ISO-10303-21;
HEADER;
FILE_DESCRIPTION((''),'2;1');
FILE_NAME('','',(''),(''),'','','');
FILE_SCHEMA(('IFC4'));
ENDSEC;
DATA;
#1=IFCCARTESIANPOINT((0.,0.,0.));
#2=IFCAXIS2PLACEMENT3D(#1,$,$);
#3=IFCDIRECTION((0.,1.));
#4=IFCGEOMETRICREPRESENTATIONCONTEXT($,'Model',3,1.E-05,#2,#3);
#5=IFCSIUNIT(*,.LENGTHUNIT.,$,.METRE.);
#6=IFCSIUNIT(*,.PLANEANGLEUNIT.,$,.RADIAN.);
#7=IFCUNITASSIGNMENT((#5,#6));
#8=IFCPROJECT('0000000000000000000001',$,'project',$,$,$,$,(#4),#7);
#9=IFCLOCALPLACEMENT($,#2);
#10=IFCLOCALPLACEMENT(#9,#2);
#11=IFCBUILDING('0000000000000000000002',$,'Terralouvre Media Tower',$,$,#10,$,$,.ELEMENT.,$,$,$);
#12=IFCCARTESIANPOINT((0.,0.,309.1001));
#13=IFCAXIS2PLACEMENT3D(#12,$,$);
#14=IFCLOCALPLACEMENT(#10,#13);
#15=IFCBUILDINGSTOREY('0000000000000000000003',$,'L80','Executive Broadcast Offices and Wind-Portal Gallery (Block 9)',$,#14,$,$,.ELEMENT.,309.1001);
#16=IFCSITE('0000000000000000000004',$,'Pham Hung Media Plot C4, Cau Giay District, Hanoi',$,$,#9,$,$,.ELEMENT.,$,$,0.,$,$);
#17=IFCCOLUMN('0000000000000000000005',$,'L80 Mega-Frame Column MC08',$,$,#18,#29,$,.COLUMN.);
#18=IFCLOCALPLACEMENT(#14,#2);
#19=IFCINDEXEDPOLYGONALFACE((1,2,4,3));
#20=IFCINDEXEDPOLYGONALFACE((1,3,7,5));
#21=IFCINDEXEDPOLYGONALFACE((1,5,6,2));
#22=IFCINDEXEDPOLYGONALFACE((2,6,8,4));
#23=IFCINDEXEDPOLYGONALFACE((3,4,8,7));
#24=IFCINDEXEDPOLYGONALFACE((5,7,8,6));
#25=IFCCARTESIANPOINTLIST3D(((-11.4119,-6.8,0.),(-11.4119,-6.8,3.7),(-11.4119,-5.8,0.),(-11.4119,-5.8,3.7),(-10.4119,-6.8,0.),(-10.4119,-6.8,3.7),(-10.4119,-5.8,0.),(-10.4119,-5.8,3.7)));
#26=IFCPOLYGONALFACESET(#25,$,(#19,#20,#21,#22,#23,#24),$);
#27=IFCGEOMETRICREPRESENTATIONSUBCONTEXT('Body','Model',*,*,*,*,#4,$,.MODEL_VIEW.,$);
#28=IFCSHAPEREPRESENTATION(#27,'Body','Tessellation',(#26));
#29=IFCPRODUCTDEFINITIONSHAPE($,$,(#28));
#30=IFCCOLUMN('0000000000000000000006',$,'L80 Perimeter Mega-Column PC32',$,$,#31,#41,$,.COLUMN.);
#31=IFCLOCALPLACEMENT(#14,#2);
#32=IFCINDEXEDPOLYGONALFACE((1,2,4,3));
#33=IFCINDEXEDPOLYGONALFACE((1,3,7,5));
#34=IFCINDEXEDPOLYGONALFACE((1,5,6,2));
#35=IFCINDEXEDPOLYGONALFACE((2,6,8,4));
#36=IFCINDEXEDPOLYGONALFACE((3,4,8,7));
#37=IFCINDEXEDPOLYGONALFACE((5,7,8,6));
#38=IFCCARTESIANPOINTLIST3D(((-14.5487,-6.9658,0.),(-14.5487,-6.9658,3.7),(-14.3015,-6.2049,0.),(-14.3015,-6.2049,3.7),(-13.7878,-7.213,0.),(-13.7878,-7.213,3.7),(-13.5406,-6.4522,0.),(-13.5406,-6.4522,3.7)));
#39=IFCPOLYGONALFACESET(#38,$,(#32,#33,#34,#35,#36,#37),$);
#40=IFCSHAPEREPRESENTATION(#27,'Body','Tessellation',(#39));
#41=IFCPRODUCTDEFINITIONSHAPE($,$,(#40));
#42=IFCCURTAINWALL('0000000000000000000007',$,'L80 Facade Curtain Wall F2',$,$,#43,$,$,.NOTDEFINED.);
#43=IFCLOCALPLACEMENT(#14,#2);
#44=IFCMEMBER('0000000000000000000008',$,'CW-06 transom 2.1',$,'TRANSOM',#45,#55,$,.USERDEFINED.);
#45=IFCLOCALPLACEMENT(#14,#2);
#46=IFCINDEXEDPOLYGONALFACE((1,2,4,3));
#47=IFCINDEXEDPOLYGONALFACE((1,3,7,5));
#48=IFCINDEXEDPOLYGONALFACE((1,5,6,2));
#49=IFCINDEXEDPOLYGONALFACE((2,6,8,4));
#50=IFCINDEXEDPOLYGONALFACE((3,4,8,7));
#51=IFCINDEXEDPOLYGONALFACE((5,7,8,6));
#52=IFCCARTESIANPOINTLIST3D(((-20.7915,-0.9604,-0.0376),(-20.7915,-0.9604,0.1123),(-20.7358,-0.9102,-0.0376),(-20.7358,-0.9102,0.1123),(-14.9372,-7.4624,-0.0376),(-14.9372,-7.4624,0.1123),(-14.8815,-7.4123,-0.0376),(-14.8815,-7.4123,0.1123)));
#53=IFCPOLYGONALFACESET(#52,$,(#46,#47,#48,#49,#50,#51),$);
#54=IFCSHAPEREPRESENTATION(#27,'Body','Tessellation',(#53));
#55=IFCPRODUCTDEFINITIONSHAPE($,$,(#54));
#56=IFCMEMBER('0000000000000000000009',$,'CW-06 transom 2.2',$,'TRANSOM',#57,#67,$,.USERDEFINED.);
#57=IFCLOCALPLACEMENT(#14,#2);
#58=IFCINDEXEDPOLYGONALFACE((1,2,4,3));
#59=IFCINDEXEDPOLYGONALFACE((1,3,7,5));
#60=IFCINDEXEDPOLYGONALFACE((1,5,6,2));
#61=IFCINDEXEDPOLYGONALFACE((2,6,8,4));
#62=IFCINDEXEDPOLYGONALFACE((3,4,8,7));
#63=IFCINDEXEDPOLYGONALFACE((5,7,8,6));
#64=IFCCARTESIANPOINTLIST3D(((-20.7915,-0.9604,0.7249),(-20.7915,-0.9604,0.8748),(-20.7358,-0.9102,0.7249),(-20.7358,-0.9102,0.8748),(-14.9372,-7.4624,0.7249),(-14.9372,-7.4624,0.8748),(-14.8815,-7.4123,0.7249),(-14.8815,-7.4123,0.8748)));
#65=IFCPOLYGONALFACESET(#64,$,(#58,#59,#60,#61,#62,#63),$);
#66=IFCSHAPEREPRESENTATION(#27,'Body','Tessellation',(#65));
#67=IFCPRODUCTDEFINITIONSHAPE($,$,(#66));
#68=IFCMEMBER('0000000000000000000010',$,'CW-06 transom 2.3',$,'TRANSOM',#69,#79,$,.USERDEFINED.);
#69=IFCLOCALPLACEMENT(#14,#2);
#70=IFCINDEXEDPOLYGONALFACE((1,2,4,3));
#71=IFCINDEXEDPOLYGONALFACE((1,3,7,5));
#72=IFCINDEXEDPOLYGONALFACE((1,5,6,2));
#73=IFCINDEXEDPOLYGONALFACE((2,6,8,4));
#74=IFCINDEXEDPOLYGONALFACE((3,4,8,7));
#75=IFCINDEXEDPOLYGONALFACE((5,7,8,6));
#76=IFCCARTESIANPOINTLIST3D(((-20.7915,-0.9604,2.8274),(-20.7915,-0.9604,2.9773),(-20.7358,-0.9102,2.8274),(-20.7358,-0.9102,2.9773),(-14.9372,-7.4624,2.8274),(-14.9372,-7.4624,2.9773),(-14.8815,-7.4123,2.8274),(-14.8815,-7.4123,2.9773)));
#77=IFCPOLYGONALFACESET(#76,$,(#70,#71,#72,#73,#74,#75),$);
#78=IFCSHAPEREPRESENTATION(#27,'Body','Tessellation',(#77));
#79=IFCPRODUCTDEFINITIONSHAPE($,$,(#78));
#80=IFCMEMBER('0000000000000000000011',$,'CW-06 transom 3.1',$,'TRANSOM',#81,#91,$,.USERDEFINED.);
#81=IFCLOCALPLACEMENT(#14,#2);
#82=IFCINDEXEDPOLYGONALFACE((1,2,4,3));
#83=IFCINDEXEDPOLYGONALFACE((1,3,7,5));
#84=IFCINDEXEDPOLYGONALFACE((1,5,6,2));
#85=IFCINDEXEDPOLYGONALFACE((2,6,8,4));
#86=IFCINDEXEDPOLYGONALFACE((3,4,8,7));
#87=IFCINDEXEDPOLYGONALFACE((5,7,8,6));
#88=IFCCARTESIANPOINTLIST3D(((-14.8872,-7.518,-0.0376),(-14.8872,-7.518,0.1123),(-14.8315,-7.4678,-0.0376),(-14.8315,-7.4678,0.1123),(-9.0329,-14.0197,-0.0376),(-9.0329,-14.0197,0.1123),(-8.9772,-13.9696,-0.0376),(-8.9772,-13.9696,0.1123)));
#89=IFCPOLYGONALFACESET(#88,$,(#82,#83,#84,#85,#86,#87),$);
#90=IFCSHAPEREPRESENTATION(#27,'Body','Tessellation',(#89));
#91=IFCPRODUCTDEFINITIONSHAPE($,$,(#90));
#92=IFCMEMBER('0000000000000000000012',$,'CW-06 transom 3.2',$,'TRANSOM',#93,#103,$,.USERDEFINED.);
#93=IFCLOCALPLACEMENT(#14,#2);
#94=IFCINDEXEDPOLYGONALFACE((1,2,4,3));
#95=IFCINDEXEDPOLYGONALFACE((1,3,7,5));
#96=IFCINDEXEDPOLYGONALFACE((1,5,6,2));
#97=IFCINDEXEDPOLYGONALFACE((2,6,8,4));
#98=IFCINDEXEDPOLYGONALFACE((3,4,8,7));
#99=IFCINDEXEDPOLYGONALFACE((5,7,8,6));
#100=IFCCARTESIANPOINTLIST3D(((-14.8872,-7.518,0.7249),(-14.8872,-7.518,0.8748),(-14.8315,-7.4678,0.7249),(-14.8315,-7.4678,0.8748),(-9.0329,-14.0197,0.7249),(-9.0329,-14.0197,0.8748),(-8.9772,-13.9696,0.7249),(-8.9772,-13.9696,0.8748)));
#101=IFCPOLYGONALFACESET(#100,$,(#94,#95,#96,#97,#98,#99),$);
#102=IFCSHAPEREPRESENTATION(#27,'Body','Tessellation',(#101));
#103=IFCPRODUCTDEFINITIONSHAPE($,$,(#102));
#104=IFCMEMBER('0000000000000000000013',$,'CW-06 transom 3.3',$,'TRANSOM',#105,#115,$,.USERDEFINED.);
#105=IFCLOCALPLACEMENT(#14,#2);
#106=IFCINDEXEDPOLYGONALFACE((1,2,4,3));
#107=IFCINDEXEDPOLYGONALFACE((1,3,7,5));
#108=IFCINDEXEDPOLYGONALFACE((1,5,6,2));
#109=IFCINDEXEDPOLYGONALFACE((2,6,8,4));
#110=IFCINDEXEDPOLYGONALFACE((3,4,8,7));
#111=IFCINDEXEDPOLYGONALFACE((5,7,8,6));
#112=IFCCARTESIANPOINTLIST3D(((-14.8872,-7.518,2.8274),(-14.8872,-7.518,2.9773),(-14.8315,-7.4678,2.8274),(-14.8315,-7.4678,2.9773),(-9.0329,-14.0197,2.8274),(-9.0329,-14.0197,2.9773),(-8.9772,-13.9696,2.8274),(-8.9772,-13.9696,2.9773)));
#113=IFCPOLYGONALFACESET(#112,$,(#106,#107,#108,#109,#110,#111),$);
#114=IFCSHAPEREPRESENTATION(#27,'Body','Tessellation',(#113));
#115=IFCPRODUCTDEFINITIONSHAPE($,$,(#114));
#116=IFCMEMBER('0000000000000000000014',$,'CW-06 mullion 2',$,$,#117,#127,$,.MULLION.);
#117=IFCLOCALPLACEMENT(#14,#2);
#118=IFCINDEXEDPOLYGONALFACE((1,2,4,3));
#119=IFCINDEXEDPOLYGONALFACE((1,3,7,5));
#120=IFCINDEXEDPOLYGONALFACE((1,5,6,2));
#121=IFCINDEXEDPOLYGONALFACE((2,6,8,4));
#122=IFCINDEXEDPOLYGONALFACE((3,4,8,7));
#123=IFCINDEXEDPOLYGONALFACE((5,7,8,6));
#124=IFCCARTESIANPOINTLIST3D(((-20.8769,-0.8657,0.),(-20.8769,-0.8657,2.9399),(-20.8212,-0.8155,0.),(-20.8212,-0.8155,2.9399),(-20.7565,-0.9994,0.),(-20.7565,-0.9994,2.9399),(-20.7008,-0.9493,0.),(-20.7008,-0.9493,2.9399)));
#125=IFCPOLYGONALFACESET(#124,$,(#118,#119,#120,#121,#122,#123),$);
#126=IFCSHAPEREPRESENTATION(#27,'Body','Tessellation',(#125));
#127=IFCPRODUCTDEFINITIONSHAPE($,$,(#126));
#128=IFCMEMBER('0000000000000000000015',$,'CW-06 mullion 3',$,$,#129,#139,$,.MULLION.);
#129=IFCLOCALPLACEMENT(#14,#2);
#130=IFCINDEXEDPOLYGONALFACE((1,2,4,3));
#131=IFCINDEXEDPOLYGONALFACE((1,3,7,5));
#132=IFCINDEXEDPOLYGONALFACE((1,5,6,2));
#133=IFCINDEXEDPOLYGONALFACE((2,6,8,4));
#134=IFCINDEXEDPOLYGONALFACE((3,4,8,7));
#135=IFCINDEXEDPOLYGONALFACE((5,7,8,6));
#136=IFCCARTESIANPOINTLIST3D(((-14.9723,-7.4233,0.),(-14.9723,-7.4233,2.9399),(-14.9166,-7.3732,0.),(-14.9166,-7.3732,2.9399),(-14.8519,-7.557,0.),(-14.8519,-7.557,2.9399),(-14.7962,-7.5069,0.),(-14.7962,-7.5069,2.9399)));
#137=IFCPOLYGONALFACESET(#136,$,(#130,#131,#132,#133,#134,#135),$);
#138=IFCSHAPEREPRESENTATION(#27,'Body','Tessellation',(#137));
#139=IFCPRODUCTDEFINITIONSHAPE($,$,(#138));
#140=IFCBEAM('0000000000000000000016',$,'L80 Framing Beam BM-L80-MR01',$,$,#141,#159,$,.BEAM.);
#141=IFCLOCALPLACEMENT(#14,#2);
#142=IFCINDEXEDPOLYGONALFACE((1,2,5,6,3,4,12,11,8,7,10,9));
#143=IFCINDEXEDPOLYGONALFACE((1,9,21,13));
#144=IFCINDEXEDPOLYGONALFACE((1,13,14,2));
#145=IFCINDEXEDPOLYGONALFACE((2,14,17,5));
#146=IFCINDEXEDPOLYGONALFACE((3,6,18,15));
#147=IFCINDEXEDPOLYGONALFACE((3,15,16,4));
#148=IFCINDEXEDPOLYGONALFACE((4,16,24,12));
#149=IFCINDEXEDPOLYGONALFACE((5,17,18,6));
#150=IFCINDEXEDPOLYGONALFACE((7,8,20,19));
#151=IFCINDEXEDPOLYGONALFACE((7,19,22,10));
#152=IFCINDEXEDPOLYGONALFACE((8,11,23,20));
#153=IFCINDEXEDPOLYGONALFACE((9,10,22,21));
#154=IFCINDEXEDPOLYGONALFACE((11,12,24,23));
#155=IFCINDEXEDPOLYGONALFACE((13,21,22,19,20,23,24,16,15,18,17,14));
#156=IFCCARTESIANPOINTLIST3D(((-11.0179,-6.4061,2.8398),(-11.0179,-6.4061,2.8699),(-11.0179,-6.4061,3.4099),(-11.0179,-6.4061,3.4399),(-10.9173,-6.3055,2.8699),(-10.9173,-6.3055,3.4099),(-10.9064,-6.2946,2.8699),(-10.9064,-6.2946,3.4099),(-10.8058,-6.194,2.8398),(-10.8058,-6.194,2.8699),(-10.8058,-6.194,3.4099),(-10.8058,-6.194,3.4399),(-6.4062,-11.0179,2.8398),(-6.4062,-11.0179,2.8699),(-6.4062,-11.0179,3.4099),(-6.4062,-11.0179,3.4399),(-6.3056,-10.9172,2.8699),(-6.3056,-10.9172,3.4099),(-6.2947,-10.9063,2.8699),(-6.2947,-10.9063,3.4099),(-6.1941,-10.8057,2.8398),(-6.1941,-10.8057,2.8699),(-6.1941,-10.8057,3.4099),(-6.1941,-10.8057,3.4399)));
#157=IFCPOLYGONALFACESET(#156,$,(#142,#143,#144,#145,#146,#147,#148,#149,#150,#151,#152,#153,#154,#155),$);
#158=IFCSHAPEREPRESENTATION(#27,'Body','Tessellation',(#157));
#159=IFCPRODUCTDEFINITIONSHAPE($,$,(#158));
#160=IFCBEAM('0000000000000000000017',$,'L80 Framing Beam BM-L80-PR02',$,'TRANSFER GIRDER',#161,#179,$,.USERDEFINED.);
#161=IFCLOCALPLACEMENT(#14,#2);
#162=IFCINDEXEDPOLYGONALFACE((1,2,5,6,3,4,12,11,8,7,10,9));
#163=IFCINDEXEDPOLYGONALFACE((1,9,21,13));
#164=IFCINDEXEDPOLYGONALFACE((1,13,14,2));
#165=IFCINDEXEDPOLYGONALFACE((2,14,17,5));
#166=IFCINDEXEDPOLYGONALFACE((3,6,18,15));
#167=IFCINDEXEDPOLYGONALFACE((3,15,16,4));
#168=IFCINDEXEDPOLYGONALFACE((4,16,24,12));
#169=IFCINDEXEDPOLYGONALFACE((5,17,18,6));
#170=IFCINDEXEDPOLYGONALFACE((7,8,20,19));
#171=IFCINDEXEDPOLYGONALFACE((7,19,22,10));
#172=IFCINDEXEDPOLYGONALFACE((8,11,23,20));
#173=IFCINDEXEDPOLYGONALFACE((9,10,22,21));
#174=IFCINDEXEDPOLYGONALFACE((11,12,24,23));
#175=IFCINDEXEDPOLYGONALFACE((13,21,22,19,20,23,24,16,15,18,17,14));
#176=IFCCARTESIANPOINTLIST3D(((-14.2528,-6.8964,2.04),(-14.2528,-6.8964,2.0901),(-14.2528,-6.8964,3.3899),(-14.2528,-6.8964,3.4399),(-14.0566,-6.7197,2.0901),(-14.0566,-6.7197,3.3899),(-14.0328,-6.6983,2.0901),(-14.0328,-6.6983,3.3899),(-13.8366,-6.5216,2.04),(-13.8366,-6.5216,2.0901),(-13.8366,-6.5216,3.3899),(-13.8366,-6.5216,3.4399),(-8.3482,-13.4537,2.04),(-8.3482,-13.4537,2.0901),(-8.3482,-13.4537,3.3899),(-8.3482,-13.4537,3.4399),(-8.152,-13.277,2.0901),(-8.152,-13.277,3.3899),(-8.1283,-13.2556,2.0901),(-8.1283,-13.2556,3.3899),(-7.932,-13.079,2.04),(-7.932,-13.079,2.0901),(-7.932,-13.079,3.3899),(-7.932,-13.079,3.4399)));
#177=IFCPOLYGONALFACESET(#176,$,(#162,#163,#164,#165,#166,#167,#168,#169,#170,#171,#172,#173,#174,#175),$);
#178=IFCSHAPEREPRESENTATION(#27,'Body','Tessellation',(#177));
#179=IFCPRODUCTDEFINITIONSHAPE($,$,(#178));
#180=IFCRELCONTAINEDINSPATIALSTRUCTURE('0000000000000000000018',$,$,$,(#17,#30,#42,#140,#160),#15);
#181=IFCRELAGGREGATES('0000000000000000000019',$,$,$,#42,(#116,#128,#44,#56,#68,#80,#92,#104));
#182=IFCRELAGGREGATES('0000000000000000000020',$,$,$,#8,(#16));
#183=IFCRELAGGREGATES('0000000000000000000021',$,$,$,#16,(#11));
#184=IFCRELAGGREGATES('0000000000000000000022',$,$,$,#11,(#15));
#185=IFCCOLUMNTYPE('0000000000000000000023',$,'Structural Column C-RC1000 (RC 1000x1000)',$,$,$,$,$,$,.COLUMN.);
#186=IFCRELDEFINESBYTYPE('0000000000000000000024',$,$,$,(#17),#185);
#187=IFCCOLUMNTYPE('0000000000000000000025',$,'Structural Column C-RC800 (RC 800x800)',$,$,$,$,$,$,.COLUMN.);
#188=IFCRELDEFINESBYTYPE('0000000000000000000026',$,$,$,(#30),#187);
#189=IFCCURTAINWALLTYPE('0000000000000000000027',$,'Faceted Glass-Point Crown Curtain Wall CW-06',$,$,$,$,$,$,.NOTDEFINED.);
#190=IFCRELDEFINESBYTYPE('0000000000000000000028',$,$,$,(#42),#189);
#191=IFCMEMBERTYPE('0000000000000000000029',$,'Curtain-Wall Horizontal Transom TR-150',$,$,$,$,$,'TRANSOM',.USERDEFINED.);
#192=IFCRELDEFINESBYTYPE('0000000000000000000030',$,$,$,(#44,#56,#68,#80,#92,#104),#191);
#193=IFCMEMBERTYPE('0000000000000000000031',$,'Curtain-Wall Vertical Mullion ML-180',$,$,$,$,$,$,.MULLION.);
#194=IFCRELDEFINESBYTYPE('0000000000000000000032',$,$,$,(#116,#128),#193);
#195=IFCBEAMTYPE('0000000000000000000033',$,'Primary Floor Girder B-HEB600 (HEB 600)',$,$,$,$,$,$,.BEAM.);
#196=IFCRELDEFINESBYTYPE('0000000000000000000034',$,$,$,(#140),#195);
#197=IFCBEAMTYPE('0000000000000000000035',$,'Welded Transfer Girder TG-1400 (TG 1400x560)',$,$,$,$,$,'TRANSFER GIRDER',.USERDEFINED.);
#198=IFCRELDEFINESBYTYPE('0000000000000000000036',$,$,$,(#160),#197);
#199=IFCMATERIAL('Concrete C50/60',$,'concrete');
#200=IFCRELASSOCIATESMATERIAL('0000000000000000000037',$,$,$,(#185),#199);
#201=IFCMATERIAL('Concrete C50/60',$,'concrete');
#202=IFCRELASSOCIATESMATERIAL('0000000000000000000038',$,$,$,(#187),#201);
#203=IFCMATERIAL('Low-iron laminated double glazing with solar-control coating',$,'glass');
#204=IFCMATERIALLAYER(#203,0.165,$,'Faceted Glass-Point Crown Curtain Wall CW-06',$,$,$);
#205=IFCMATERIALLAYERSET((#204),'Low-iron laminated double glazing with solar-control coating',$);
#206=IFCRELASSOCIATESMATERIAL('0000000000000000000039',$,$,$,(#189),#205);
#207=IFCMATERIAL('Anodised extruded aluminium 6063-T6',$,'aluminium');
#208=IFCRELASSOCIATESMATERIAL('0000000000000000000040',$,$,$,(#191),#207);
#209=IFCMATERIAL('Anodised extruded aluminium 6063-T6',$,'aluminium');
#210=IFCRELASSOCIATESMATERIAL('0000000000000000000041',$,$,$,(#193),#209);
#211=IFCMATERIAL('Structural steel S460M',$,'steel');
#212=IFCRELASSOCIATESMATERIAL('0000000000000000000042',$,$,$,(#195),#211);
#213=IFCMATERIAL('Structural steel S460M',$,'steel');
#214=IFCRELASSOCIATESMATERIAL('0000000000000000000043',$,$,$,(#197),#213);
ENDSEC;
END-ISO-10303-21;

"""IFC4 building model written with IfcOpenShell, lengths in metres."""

from ifc_helpers import new_model, si_unit, direction, frame, origin, origin_2d, place, context, subcontext, project, spatial, rectangle, i_section, extrude, material, layer, layer_set, material_profile, profile_set, type_object, element, aggregate, save


model = new_model("IFC4")

# Units and contexts
model_context = context("Model", 3, precision=1e-05, world=origin(), true_north=direction((0.0, 1.0)))
body_context = subcontext(model_context, "Body", "Model", "MODEL_VIEW")
ifc_project = project(units=[si_unit("LENGTHUNIT", "METRE"), si_unit("PLANEANGLEUNIT", "RADIAN")], contexts=[model_context])

# Site, building, storey
site_placement = place(None, origin())
site = spatial("IfcSite", under=ifc_project, at=site_placement, Name="Pham Hung Media Plot C4, Cau Giay District, Hanoi", CompositionType="ELEMENT", RefElevation=0.0)
building_placement = place(site_placement, origin())
building = spatial("IfcBuilding", under=site, at=building_placement, Name="Terralouvre Media Tower", CompositionType="ELEMENT")
storey_placement = place(building_placement, frame((0.0, 0.0, 309.1001)))
storey = spatial("IfcBuildingStorey", under=building, at=storey_placement, Name="L80", Description="Executive Broadcast Offices and Wind-Portal Gallery (Block 9)", CompositionType="ELEMENT", Elevation=309.1001)

# Columns
ifc_material_1 = material(Name="Concrete C50/60", Category="concrete")
ifc_material_profile_1 = material_profile(ifc_material_1, rectangle(XDim=1.0, YDim=1.0, at=origin_2d()), Name="RC 1000x1000")
ifc_profile_set_1 = profile_set([ifc_material_profile_1], Name="Concrete C50/60")
column_type_1 = type_object("IfcColumnType", Name="Structural Column C-RC1000 (RC 1000x1000)", PredefinedType="COLUMN", material=ifc_profile_set_1)
column_1_placement = place(storey_placement, frame((-10.9119, -6.3, 0.0), z_axis=(0.0, 0.0, 1.0), x_axis=(1.0, 0.0, 0.0)))
element("IfcColumn", 1, at=column_1_placement, inside=storey, type_object=column_type_1, Name="L80 Mega-Frame Column MC08", PredefinedType="COLUMN", context=body_context, shape_type="SweptSolid", body=[
    extrude(rectangle(XDim=1.0, YDim=1.0, at=origin_2d()), origin(), (0.0, 0.0, 1.0), 3.7),
])
ifc_material_2 = material(Name="Concrete C50/60", Category="concrete")
ifc_material_profile_2 = material_profile(ifc_material_2, rectangle(XDim=0.8, YDim=0.8, at=origin_2d()), Name="RC 800x800")
ifc_profile_set_2 = profile_set([ifc_material_profile_2], Name="Concrete C50/60")
column_type_2 = type_object("IfcColumnType", Name="Structural Column C-RC800 (RC 800x800)", PredefinedType="COLUMN", material=ifc_profile_set_2)
column_2_placement = place(storey_placement, frame((-14.0447, -6.709, 0.0), z_axis=(0.0, 0.0, 1.0), x_axis=(0.309017, 0.951057, 0.0)))
element("IfcColumn", 2, at=column_2_placement, inside=storey, type_object=column_type_2, Name="L80 Perimeter Mega-Column PC32", PredefinedType="COLUMN", context=body_context, shape_type="SweptSolid", body=[
    extrude(rectangle(XDim=0.8, YDim=0.8, at=origin_2d()), origin(), (0.0, 0.0, 1.0), 3.7),
])

# Curtain wall, members
ifc_material_3 = material(Name="Low-iron laminated double glazing with solar-control coating", Category="glass")
ifc_layer_1 = layer(ifc_material_3, 0.165, Name="Faceted Glass-Point Crown Curtain Wall CW-06")
ifc_layer_set_1 = layer_set([ifc_layer_1], Name="Low-iron laminated double glazing with solar-control coating")
curtain_wall_type = type_object("IfcCurtainWallType", Name="Faceted Glass-Point Crown Curtain Wall CW-06", PredefinedType="NOTDEFINED", material=ifc_layer_set_1)
curtain_wall_placement = place(storey_placement, origin())
curtain_wall = element("IfcCurtainWall", 3, at=curtain_wall_placement, inside=storey, type_object=curtain_wall_type, Name="L80 Facade Curtain Wall F2", PredefinedType="NOTDEFINED")
ifc_material_4 = material(Name="Anodised extruded aluminium 6063-T6", Category="aluminium")
ifc_material_profile_3 = material_profile(ifc_material_4, rectangle(XDim=0.075, YDim=0.1499, at=origin_2d()), Name="ALU 75x150")
ifc_profile_set_3 = profile_set([ifc_material_profile_3], Name="Anodised extruded aluminium 6063-T6")
member_type_1 = type_object("IfcMemberType", Name="Curtain-Wall Horizontal Transom TR-150", ElementType="TRANSOM", PredefinedType="USERDEFINED", material=ifc_profile_set_3)
member_1_placement = place(storey_placement, frame((-20.7637, -0.9353, 0.0374), z_axis=(0.669122, -0.743153, 0.0), x_axis=(0.743153, 0.669122, 0.0)))
member_1 = element("IfcMember", 4, at=member_1_placement, type_object=member_type_1, Name="CW-06 transom 2.1", ObjectType="TRANSOM", PredefinedType="USERDEFINED", context=body_context, shape_type="SweptSolid", body=[
    extrude(rectangle(XDim=0.075, YDim=0.1499, at=origin_2d()), origin(), (0.0, 0.0, 1.0), 8.7493),
])
member_2_placement = place(storey_placement, frame((-20.7637, -0.9353, 0.7998), z_axis=(0.669122, -0.743153, 0.0), x_axis=(0.743153, 0.669122, 0.0)))
member_2 = element("IfcMember", 5, at=member_2_placement, type_object=member_type_1, Name="CW-06 transom 2.2", ObjectType="TRANSOM", PredefinedType="USERDEFINED", context=body_context, shape_type="SweptSolid", body=[
    extrude(rectangle(XDim=0.075, YDim=0.1499, at=origin_2d()), origin(), (0.0, 0.0, 1.0), 8.7493),
])
member_3_placement = place(storey_placement, frame((-20.7637, -0.9353, 2.9023), z_axis=(0.669122, -0.743153, 0.0), x_axis=(0.743153, 0.669122, 0.0)))
member_3 = element("IfcMember", 6, at=member_3_placement, type_object=member_type_1, Name="CW-06 transom 2.3", ObjectType="TRANSOM", PredefinedType="USERDEFINED", context=body_context, shape_type="SweptSolid", body=[
    extrude(rectangle(XDim=0.075, YDim=0.1499, at=origin_2d()), origin(), (0.0, 0.0, 1.0), 8.7493),
])
member_4_placement = place(storey_placement, frame((-14.8594, -7.4929, 0.0374), z_axis=(0.669136, -0.74314, 0.0), x_axis=(0.74314, 0.669136, 0.0)))
member_4 = element("IfcMember", 7, at=member_4_placement, type_object=member_type_1, Name="CW-06 transom 3.1", ObjectType="TRANSOM", PredefinedType="USERDEFINED", context=body_context, shape_type="SweptSolid", body=[
    extrude(rectangle(XDim=0.075, YDim=0.1499, at=origin_2d()), origin(), (0.0, 0.0, 1.0), 8.749),
])
member_5_placement = place(storey_placement, frame((-14.8594, -7.4929, 0.7998), z_axis=(0.669136, -0.74314, 0.0), x_axis=(0.74314, 0.669136, 0.0)))
member_5 = element("IfcMember", 8, at=member_5_placement, type_object=member_type_1, Name="CW-06 transom 3.2", ObjectType="TRANSOM", PredefinedType="USERDEFINED", context=body_context, shape_type="SweptSolid", body=[
    extrude(rectangle(XDim=0.075, YDim=0.1499, at=origin_2d()), origin(), (0.0, 0.0, 1.0), 8.749),
])
member_6_placement = place(storey_placement, frame((-14.8594, -7.4929, 2.9023), z_axis=(0.669136, -0.74314, 0.0), x_axis=(0.74314, 0.669136, 0.0)))
member_6 = element("IfcMember", 9, at=member_6_placement, type_object=member_type_1, Name="CW-06 transom 3.3", ObjectType="TRANSOM", PredefinedType="USERDEFINED", context=body_context, shape_type="SweptSolid", body=[
    extrude(rectangle(XDim=0.075, YDim=0.1499, at=origin_2d()), origin(), (0.0, 0.0, 1.0), 8.749),
])
ifc_material_5 = material(Name="Anodised extruded aluminium 6063-T6", Category="aluminium")
ifc_material_profile_4 = material_profile(ifc_material_5, rectangle(XDim=0.075, YDim=0.1799, at=origin_2d()), Name="ALU 75x180")
ifc_profile_set_4 = profile_set([ifc_material_profile_4], Name="Anodised extruded aluminium 6063-T6")
member_type_2 = type_object("IfcMemberType", Name="Curtain-Wall Vertical Mullion ML-180", PredefinedType="MULLION", material=ifc_profile_set_4)
member_7_placement = place(storey_placement, frame((-20.7888, -0.9075, 0.0), z_axis=(0.0, 0.0, 1.0), x_axis=(0.743145, 0.669131, 0.0)))
member_7 = element("IfcMember", 10, at=member_7_placement, type_object=member_type_2, Name="CW-06 mullion 2", PredefinedType="MULLION", context=body_context, shape_type="SweptSolid", body=[
    extrude(rectangle(XDim=0.075, YDim=0.1799, at=origin_2d()), origin(), (0.0, 0.0, 1.0), 2.9399),
])
member_8_placement = place(storey_placement, frame((-14.8843, -7.4651, 0.0), z_axis=(0.0, 0.0, 1.0), x_axis=(0.743145, 0.669131, 0.0)))
member_8 = element("IfcMember", 11, at=member_8_placement, type_object=member_type_2, Name="CW-06 mullion 3", PredefinedType="MULLION", context=body_context, shape_type="SweptSolid", body=[
    extrude(rectangle(XDim=0.075, YDim=0.1799, at=origin_2d()), origin(), (0.0, 0.0, 1.0), 2.9399),
])

# Beams
ifc_material_6 = material(Name="Structural steel S460M", Category="steel")
ifc_material_profile_5 = material_profile(ifc_material_6, i_section(OverallWidth=0.3, OverallDepth=0.6001, WebThickness=0.0154, FlangeThickness=0.03, at=origin_2d()), Name="HEB 600")
ifc_profile_set_5 = profile_set([ifc_material_profile_5], Name="Structural steel S460M")
beam_type_1 = type_object("IfcBeamType", Name="Primary Floor Girder B-HEB600 (HEB 600)", PredefinedType="BEAM", material=ifc_profile_set_5)
beam_1_placement = place(storey_placement, frame((-10.9119, -6.3, 3.1399), z_axis=(0.707107, -0.707107, 0.0), x_axis=(0.707107, 0.707107, 0.0)))
element("IfcBeam", 12, at=beam_1_placement, inside=storey, type_object=beam_type_1, Name="L80 Framing Beam BM-L80-MR01", PredefinedType="BEAM", context=body_context, shape_type="SweptSolid", body=[
    extrude(i_section(OverallWidth=0.3, OverallDepth=0.6001, WebThickness=0.0154, FlangeThickness=0.03, at=origin_2d()), origin(), (0.0, 0.0, 1.0), 6.522),
])
ifc_material_7 = material(Name="Structural steel S460M", Category="steel")
ifc_material_profile_6 = material_profile(ifc_material_7, i_section(OverallWidth=0.5601, OverallDepth=1.3999, WebThickness=0.032, FlangeThickness=0.05, at=origin_2d()), Name="TG 1400x560")
ifc_profile_set_6 = profile_set([ifc_material_profile_6], Name="Structural steel S460M")
beam_type_2 = type_object("IfcBeamType", Name="Welded Transfer Girder TG-1400 (TG 1400x560)", ElementType="TRANSFER GIRDER", PredefinedType="USERDEFINED", material=ifc_profile_set_6)
beam_2_placement = place(storey_placement, frame((-14.0447, -6.709, 2.74), z_axis=(0.669147, -0.74313, 0.0), x_axis=(0.74313, 0.669147, 0.0)))
element("IfcBeam", 13, at=beam_2_placement, inside=storey, type_object=beam_type_2, Name="L80 Framing Beam BM-L80-PR02", ObjectType="TRANSFER GIRDER", PredefinedType="USERDEFINED", context=body_context, shape_type="SweptSolid", body=[
    extrude(i_section(OverallWidth=0.5601, OverallDepth=1.3999, WebThickness=0.032, FlangeThickness=0.05, at=origin_2d()), origin(), (0.0, 0.0, 1.0), 8.824),
])

aggregate(curtain_wall, [member_7, member_8, member_1, member_2, member_3, member_4, member_5, member_6])

save(model, "model.ifc")
